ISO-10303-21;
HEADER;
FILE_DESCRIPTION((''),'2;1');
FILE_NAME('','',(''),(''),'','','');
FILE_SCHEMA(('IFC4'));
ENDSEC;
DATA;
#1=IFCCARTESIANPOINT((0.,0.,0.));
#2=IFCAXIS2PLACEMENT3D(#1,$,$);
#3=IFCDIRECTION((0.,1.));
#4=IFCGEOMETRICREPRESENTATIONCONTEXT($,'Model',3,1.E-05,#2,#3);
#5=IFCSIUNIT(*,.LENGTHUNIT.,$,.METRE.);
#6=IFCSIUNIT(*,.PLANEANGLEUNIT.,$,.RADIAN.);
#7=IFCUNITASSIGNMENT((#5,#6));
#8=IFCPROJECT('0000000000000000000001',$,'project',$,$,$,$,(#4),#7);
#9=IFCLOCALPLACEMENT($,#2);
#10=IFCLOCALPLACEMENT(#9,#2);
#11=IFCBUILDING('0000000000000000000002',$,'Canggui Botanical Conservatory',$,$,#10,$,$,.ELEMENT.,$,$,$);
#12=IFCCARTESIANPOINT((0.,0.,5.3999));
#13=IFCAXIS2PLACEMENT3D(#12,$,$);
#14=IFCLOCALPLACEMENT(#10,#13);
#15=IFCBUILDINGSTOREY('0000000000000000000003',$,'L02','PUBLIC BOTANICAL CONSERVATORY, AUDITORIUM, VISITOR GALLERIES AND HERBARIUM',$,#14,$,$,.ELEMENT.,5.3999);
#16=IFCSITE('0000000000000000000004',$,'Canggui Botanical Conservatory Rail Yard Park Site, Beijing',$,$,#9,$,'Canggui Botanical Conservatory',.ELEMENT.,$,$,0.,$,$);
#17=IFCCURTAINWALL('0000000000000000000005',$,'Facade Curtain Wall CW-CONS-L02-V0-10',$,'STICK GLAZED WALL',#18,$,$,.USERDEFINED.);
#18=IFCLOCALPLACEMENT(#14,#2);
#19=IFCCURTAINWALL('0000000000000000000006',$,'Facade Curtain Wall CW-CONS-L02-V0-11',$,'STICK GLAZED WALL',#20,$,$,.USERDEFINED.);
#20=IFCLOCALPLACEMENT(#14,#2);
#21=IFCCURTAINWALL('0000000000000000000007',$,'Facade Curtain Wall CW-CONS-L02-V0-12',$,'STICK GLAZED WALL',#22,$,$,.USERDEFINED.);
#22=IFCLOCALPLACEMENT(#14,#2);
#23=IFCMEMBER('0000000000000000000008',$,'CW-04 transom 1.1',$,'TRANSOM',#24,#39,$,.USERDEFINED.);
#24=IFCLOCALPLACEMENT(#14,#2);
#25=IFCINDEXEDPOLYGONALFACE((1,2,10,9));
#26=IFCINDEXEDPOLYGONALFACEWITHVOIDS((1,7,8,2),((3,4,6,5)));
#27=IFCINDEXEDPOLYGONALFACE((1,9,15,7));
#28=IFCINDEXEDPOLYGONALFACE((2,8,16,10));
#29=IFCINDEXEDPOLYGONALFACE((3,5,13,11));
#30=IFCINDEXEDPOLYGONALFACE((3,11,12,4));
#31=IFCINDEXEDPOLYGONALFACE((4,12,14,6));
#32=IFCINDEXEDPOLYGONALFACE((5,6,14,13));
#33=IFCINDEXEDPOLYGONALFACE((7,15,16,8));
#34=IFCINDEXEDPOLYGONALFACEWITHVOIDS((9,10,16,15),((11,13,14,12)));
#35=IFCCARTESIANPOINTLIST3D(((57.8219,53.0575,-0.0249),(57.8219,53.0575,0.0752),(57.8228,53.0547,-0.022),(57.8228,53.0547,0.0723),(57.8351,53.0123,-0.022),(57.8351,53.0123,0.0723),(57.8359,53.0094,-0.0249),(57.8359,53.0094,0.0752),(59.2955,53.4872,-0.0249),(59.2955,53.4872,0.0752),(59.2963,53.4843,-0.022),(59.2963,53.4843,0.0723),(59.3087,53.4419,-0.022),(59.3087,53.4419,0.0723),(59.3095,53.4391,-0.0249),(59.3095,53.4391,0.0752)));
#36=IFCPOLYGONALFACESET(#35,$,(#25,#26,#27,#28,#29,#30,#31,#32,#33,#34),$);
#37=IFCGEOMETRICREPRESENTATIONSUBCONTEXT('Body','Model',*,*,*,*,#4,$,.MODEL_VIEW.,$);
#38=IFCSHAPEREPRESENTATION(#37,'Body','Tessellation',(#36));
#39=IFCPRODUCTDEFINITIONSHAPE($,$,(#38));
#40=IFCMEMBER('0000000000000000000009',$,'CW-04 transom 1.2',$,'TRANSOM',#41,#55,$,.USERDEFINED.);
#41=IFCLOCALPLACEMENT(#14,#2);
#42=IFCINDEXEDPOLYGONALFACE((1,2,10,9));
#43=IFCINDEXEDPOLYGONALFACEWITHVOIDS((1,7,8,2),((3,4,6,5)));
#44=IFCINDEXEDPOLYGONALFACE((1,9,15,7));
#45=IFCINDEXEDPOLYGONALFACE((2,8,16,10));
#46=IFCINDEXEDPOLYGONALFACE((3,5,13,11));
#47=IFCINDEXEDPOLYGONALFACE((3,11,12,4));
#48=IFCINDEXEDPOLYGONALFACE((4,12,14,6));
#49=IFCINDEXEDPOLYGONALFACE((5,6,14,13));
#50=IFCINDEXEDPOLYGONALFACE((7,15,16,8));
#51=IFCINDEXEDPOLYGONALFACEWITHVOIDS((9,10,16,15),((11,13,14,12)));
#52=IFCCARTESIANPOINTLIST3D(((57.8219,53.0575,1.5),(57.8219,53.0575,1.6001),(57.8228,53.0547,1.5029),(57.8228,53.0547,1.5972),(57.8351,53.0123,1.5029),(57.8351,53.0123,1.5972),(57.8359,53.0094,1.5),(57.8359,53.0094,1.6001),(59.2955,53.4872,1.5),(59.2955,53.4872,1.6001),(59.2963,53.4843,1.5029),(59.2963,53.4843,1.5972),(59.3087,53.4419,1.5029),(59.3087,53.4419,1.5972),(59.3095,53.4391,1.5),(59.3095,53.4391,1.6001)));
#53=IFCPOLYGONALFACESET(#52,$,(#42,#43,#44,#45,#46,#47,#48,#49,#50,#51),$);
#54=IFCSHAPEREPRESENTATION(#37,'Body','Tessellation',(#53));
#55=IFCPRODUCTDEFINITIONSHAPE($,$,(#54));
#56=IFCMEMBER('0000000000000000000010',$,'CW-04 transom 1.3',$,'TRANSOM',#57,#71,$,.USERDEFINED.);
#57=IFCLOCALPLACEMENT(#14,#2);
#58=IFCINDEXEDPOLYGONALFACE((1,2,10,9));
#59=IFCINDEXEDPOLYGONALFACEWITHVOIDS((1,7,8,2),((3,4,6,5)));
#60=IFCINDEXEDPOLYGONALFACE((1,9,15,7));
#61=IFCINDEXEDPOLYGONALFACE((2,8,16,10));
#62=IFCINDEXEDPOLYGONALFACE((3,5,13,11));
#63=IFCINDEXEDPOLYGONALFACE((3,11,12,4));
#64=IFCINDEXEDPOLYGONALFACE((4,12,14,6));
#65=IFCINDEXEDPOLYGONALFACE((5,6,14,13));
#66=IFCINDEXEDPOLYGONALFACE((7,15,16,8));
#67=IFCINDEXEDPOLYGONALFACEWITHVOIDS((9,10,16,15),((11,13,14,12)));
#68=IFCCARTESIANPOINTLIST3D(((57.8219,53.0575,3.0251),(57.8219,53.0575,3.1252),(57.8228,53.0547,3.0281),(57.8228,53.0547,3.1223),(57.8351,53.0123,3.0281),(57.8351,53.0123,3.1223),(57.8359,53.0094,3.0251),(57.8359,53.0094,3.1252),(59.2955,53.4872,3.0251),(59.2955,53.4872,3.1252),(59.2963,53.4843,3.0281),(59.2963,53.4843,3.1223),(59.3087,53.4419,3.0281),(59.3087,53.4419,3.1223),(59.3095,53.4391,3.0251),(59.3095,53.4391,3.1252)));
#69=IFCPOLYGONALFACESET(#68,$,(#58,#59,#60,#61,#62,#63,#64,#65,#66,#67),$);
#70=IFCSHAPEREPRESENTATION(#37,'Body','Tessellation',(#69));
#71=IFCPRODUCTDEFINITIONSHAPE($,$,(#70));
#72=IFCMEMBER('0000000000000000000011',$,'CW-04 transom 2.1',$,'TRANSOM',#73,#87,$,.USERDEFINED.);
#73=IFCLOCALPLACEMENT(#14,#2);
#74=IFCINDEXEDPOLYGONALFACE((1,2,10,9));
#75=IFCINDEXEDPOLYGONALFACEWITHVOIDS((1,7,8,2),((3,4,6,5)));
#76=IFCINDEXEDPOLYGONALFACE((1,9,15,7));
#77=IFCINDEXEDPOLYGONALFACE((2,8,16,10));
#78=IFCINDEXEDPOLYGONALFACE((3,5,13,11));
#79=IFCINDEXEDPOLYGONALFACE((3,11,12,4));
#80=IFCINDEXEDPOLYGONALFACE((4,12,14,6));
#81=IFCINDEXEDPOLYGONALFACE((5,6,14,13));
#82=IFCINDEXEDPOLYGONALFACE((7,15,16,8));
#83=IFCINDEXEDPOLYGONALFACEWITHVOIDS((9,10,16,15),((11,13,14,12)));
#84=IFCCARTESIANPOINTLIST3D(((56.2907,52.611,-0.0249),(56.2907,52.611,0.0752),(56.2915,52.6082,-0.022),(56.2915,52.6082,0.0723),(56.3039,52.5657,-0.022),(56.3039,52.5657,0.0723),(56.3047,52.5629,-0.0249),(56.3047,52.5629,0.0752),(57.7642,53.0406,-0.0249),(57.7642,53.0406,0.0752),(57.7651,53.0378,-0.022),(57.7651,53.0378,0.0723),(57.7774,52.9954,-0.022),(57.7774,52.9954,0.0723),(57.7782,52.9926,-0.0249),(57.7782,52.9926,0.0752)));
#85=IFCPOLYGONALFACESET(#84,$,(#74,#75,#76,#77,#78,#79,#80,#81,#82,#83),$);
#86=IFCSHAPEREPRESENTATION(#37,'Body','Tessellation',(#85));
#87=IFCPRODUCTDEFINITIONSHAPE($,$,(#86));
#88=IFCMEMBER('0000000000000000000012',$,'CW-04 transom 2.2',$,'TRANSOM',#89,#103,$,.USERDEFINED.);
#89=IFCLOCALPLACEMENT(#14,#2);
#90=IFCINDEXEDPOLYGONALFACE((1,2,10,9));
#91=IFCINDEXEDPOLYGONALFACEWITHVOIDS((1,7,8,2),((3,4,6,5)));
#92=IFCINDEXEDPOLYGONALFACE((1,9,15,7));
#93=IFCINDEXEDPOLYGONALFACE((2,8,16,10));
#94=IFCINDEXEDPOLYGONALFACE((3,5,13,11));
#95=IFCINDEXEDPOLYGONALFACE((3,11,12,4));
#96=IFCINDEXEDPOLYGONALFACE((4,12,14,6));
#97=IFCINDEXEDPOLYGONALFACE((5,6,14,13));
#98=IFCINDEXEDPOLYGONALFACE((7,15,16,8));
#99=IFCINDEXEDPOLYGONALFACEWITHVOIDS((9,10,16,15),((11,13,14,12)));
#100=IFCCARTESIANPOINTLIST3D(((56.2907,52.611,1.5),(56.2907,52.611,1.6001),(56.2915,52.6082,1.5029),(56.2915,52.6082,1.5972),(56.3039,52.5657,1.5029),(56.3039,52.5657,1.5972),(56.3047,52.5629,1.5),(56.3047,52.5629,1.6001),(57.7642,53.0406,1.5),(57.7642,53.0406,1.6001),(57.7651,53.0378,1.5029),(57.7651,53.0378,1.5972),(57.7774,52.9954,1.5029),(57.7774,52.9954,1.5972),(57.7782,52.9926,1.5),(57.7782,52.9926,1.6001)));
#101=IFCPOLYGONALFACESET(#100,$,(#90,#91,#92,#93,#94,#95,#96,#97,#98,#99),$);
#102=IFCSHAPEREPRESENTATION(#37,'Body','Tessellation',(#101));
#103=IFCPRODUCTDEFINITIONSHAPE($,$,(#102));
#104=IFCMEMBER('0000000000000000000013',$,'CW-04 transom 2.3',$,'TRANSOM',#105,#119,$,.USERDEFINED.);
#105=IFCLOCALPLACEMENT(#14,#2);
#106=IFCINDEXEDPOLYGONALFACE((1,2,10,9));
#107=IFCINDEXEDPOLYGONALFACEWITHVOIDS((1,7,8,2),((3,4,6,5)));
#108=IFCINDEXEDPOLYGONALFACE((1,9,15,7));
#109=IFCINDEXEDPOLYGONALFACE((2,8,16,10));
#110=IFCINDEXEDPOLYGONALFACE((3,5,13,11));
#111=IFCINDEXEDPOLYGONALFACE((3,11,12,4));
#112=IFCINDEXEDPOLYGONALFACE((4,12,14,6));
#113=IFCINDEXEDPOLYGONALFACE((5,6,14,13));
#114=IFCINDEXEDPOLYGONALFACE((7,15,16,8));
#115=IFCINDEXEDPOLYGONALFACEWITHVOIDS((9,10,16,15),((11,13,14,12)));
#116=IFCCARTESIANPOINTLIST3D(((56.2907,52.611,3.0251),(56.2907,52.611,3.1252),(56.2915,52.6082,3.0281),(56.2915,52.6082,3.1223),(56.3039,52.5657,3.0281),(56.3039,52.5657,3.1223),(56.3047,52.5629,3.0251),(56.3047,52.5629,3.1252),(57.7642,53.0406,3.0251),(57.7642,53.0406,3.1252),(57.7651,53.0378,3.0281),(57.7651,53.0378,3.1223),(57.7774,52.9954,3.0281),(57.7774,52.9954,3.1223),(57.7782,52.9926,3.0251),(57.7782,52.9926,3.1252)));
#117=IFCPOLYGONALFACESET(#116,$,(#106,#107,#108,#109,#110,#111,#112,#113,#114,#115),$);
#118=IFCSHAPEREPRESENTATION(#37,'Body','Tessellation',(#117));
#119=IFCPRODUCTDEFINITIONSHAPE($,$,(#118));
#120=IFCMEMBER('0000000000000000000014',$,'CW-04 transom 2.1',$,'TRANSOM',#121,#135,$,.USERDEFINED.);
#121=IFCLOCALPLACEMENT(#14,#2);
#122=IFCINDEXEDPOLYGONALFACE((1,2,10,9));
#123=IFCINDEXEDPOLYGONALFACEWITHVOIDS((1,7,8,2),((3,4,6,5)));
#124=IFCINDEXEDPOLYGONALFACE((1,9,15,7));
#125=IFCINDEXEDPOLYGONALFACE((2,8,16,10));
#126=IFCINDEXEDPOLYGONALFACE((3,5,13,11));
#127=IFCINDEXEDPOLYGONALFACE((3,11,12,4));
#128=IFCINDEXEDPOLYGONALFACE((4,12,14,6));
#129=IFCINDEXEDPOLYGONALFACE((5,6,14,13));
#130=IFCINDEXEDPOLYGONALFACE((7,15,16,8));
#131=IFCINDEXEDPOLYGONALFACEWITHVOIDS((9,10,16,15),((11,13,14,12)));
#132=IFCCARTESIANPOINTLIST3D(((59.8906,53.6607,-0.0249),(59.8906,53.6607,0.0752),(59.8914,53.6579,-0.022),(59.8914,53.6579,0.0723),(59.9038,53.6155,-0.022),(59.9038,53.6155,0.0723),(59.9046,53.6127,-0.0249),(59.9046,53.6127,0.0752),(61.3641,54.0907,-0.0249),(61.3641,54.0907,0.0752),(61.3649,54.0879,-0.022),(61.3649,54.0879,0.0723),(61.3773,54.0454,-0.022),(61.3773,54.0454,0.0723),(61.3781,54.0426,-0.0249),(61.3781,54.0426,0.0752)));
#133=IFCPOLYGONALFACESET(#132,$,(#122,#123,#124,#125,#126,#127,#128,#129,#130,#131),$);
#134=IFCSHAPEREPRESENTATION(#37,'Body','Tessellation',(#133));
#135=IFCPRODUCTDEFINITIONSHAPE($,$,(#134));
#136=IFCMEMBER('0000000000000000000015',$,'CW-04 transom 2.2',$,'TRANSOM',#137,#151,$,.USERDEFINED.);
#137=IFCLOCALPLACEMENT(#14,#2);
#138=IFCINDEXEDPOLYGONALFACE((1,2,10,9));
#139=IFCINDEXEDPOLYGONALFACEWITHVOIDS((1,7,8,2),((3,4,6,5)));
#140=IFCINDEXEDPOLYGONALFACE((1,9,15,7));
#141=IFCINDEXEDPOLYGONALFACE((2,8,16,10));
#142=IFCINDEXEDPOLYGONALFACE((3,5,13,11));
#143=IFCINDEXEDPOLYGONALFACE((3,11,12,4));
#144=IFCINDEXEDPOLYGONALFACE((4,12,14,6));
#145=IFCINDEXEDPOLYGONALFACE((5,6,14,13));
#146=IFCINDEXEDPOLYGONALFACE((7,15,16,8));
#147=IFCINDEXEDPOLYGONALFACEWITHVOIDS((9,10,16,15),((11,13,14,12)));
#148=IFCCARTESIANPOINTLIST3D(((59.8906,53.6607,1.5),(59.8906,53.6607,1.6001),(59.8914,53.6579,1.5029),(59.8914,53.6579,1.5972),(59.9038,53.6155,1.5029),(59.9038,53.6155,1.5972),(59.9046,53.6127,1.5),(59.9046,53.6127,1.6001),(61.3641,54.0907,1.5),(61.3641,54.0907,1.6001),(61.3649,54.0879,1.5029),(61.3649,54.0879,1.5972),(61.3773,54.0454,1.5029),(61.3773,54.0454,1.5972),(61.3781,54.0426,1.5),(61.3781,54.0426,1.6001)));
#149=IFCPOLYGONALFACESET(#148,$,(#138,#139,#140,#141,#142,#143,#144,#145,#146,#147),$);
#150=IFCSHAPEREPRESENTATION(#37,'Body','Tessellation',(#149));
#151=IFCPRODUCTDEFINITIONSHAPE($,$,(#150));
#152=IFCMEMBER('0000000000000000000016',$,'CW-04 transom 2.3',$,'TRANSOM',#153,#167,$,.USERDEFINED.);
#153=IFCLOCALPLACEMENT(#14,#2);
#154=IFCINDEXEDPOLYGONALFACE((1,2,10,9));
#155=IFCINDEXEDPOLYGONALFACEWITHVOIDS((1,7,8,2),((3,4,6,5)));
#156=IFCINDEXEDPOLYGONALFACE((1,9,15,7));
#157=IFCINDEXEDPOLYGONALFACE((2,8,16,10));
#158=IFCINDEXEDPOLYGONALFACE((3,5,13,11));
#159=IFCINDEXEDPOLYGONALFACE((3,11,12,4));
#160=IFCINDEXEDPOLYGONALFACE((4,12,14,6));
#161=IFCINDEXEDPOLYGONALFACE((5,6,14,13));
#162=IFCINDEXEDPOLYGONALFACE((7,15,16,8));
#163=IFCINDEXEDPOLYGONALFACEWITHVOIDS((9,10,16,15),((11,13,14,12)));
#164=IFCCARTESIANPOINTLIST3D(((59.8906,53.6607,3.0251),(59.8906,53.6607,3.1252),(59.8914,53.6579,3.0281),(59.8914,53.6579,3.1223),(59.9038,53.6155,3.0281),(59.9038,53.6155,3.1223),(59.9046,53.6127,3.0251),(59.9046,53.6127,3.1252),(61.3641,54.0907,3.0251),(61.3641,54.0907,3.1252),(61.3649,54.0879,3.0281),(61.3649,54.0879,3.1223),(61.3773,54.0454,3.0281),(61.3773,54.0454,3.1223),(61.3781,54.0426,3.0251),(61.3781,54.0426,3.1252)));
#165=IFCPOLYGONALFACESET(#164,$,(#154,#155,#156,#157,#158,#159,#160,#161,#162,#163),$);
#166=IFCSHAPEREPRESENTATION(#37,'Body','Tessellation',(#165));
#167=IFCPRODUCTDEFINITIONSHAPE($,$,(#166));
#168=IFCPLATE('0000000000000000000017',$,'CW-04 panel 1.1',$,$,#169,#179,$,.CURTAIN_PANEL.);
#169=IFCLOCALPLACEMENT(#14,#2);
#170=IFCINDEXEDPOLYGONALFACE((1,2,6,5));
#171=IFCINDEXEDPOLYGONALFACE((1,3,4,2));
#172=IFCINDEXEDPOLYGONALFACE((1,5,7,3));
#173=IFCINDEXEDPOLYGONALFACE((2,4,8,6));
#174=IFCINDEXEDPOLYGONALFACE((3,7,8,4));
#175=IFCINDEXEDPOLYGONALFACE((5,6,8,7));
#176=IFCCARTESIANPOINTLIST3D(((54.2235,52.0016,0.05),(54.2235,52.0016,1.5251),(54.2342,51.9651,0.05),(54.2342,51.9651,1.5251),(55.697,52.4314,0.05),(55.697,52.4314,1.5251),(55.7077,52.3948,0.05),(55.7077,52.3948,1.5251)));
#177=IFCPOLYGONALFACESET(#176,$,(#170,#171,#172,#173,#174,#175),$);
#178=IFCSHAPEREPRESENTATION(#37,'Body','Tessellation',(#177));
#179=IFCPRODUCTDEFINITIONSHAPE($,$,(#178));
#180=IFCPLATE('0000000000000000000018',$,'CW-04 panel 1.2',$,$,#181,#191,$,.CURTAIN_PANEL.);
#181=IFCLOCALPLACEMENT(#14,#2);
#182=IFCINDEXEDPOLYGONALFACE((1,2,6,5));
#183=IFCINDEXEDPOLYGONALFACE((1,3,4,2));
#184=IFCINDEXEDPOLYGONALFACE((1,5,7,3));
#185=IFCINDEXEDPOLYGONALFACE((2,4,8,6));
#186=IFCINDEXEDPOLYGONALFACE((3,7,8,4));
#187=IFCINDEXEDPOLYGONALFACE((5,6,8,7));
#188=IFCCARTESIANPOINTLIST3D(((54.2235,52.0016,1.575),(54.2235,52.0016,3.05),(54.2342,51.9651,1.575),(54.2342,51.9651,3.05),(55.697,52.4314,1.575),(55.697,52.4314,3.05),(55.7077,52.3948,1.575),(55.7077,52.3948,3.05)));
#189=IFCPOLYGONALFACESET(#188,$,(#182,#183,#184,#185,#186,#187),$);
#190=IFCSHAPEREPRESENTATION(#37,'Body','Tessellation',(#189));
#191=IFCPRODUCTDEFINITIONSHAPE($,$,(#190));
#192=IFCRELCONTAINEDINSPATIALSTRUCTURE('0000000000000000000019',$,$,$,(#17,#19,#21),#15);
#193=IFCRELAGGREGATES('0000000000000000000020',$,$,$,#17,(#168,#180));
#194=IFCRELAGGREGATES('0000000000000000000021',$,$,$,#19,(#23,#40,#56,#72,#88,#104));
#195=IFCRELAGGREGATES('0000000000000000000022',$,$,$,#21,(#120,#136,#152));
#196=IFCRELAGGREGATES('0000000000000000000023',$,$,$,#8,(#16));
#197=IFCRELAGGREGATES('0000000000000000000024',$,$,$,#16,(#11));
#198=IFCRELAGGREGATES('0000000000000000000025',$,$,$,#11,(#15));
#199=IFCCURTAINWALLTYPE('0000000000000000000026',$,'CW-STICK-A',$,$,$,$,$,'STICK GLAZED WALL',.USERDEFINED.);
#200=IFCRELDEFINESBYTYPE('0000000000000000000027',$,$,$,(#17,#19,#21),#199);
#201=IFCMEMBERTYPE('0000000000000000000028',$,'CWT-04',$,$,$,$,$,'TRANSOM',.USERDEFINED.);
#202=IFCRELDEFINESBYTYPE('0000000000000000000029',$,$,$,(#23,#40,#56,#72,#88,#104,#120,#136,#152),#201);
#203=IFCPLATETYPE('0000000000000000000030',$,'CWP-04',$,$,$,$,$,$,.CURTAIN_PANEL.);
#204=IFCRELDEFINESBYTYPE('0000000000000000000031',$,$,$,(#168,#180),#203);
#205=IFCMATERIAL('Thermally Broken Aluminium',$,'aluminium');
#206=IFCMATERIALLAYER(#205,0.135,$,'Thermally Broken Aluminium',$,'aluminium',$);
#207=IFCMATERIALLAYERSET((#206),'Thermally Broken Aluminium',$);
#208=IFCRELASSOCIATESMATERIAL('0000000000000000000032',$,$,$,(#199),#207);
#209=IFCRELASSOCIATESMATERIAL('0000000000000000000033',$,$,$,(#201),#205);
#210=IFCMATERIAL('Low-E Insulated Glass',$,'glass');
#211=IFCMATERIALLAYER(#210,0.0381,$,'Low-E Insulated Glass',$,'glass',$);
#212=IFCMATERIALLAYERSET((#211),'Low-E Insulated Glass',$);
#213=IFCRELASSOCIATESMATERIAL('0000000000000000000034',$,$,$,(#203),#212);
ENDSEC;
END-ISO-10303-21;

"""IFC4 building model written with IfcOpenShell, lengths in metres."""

from ifc_helpers import new_model, si_unit, direction, frame, origin, origin_2d, place, context, subcontext, project, spatial, rectangle, hollow_rectangle, extrude, material, layer, layer_set, material_profile, profile_set, type_object, element, aggregate, save


model = new_model("IFC4")

# Units and contexts
model_context = context("Model", 3, precision=1e-05, world=origin(), true_north=direction((0.0, 1.0)))
body_context = subcontext(model_context, "Body", "Model", "MODEL_VIEW")
ifc_project = project(units=[si_unit("LENGTHUNIT", "METRE"), si_unit("PLANEANGLEUNIT", "RADIAN")], contexts=[model_context])

# Site, building, storey
site_placement = place(None, origin())
site = spatial("IfcSite", under=ifc_project, at=site_placement, Name="Canggui Botanical Conservatory Rail Yard Park Site, Beijing", LongName="Canggui Botanical Conservatory", CompositionType="ELEMENT", RefElevation=0.0)
building_placement = place(site_placement, origin())
building = spatial("IfcBuilding", under=site, at=building_placement, Name="Canggui Botanical Conservatory", CompositionType="ELEMENT")
storey_placement = place(building_placement, frame((0.0, 0.0, 5.3999)))
storey = spatial("IfcBuildingStorey", under=building, at=storey_placement, Name="L02", Description="PUBLIC BOTANICAL CONSERVATORY, AUDITORIUM, VISITOR GALLERIES AND HERBARIUM", CompositionType="ELEMENT", Elevation=5.3999)

# Curtain wall
ifc_material_1 = material(Name="Thermally Broken Aluminium", Category="aluminium")
ifc_layer_1 = layer(ifc_material_1, 0.135, Name="Thermally Broken Aluminium", Category="aluminium")
ifc_layer_set_1 = layer_set([ifc_layer_1], Name="Thermally Broken Aluminium")
curtain_wall_type = type_object("IfcCurtainWallType", Name="CW-STICK-A", ElementType="STICK GLAZED WALL", PredefinedType="USERDEFINED", material=ifc_layer_set_1)
curtain_wall_1_placement = place(storey_placement, origin())
curtain_wall_1 = element("IfcCurtainWall", 1, at=curtain_wall_1_placement, inside=storey, type_object=curtain_wall_type, Name="Facade Curtain Wall CW-CONS-L02-V0-10", ObjectType="STICK GLAZED WALL", PredefinedType="USERDEFINED")

# Curtain walls
curtain_wall_2_placement = place(storey_placement, origin())
curtain_wall_2 = element("IfcCurtainWall", 2, at=curtain_wall_2_placement, inside=storey, type_object=curtain_wall_type, Name="Facade Curtain Wall CW-CONS-L02-V0-11", ObjectType="STICK GLAZED WALL", PredefinedType="USERDEFINED")
curtain_wall_3_placement = place(storey_placement, origin())
curtain_wall_3 = element("IfcCurtainWall", 3, at=curtain_wall_3_placement, inside=storey, type_object=curtain_wall_type, Name="Facade Curtain Wall CW-CONS-L02-V0-12", ObjectType="STICK GLAZED WALL", PredefinedType="USERDEFINED")

# Members
ifc_material_profile_1 = material_profile(ifc_material_1, hollow_rectangle(XDim=0.05, YDim=0.1001, WallThickness=0.0029, at=origin_2d()), Name="CWT 50x100x3")
ifc_profile_set_1 = profile_set([ifc_material_profile_1], Name="Thermally Broken Aluminium")
member_type_1 = type_object("IfcMemberType", Name="CWT-04", ElementType="TRANSOM", PredefinedType="USERDEFINED", material=ifc_profile_set_1)
member_1_placement = place(storey_placement, frame((59.3025, 53.4631, 0.0251), z_axis=(-0.960021, -0.279927, 0.0), x_axis=(0.279927, -0.960021, 0.0)))
member_1 = element("IfcMember", 4, at=member_1_placement, type_object=member_type_1, Name="CW-04 transom 1.1", ObjectType="TRANSOM", PredefinedType="USERDEFINED", context=body_context, shape_type="SweptSolid", body=[
    extrude(hollow_rectangle(XDim=0.05, YDim=0.1001, WallThickness=0.0029, at=origin_2d()), origin(), (0.0, 0.0, 1.0), 1.5349),
])
member_2_placement = place(storey_placement, frame((59.3025, 53.4631, 1.55), z_axis=(-0.960021, -0.279927, 0.0), x_axis=(0.279927, -0.960021, 0.0)))
member_2 = element("IfcMember", 5, at=member_2_placement, type_object=member_type_1, Name="CW-04 transom 1.2", ObjectType="TRANSOM", PredefinedType="USERDEFINED", context=body_context, shape_type="SweptSolid", body=[
    extrude(hollow_rectangle(XDim=0.05, YDim=0.1001, WallThickness=0.0029, at=origin_2d()), origin(), (0.0, 0.0, 1.0), 1.5349),
])
member_3_placement = place(storey_placement, frame((59.3025, 53.4631, 3.0752), z_axis=(-0.960021, -0.279927, 0.0), x_axis=(0.279927, -0.960021, 0.0)))
member_3 = element("IfcMember", 6, at=member_3_placement, type_object=member_type_1, Name="CW-04 transom 1.3", ObjectType="TRANSOM", PredefinedType="USERDEFINED", context=body_context, shape_type="SweptSolid", body=[
    extrude(hollow_rectangle(XDim=0.05, YDim=0.1001, WallThickness=0.0029, at=origin_2d()), origin(), (0.0, 0.0, 1.0), 1.5349),
])
member_4_placement = place(storey_placement, frame((57.7712, 53.0166, 0.0251), z_axis=(-0.960021, -0.279927, 0.0), x_axis=(0.279927, -0.960021, 0.0)))
member_4 = element("IfcMember", 7, at=member_4_placement, type_object=member_type_1, Name="CW-04 transom 2.1", ObjectType="TRANSOM", PredefinedType="USERDEFINED", context=body_context, shape_type="SweptSolid", body=[
    extrude(hollow_rectangle(XDim=0.05, YDim=0.1001, WallThickness=0.0029, at=origin_2d()), origin(), (0.0, 0.0, 1.0), 1.5349),
])
member_5_placement = place(storey_placement, frame((57.7712, 53.0166, 1.55), z_axis=(-0.960021, -0.279927, 0.0), x_axis=(0.279927, -0.960021, 0.0)))
member_5 = element("IfcMember", 8, at=member_5_placement, type_object=member_type_1, Name="CW-04 transom 2.2", ObjectType="TRANSOM", PredefinedType="USERDEFINED", context=body_context, shape_type="SweptSolid", body=[
    extrude(hollow_rectangle(XDim=0.05, YDim=0.1001, WallThickness=0.0029, at=origin_2d()), origin(), (0.0, 0.0, 1.0), 1.5349),
])
member_6_placement = place(storey_placement, frame((57.7712, 53.0166, 3.0752), z_axis=(-0.960021, -0.279927, 0.0), x_axis=(0.279927, -0.960021, 0.0)))
member_6 = element("IfcMember", 9, at=member_6_placement, type_object=member_type_1, Name="CW-04 transom 2.3", ObjectType="TRANSOM", PredefinedType="USERDEFINED", context=body_context, shape_type="SweptSolid", body=[
    extrude(hollow_rectangle(XDim=0.05, YDim=0.1001, WallThickness=0.0029, at=origin_2d()), origin(), (0.0, 0.0, 1.0), 1.5349),
])
member_7_placement = place(storey_placement, frame((61.3711, 54.0667, 0.0251), z_axis=(-0.959966, -0.280116, 0.0), x_axis=(0.280116, -0.959966, 0.0)))
member_7 = element("IfcMember", 10, at=member_7_placement, type_object=member_type_1, Name="CW-04 transom 2.1", ObjectType="TRANSOM", PredefinedType="USERDEFINED", context=body_context, shape_type="SweptSolid", body=[
    extrude(hollow_rectangle(XDim=0.05, YDim=0.1001, WallThickness=0.0029, at=origin_2d()), origin(), (0.0, 0.0, 1.0), 1.5349),
])
member_8_placement = place(storey_placement, frame((61.3711, 54.0667, 1.55), z_axis=(-0.959966, -0.280116, 0.0), x_axis=(0.280116, -0.959966, 0.0)))
member_8 = element("IfcMember", 11, at=member_8_placement, type_object=member_type_1, Name="CW-04 transom 2.2", ObjectType="TRANSOM", PredefinedType="USERDEFINED", context=body_context, shape_type="SweptSolid", body=[
    extrude(hollow_rectangle(XDim=0.05, YDim=0.1001, WallThickness=0.0029, at=origin_2d()), origin(), (0.0, 0.0, 1.0), 1.5349),
])
member_9_placement = place(storey_placement, frame((61.3711, 54.0667, 3.0752), z_axis=(-0.959966, -0.280116, 0.0), x_axis=(0.280116, -0.959966, 0.0)))
member_9 = element("IfcMember", 12, at=member_9_placement, type_object=member_type_1, Name="CW-04 transom 2.3", ObjectType="TRANSOM", PredefinedType="USERDEFINED", context=body_context, shape_type="SweptSolid", body=[
    extrude(hollow_rectangle(XDim=0.05, YDim=0.1001, WallThickness=0.0029, at=origin_2d()), origin(), (0.0, 0.0, 1.0), 1.5349),
])

# Plates
ifc_material_2 = material(Name="Low-E Insulated Glass", Category="glass")
ifc_layer_2 = layer(ifc_material_2, 0.0381, Name="Low-E Insulated Glass", Category="glass")
ifc_layer_set_2 = layer_set([ifc_layer_2], Name="Low-E Insulated Glass")
plate_type_1 = type_object("IfcPlateType", Name="CWP-04", PredefinedType="CURTAIN_PANEL", material=ifc_layer_set_2)
plate_1_placement = place(storey_placement, frame((54.9656, 52.1982, 0.05), z_axis=(0.0, 0.0, 1.0), x_axis=(-0.96, -0.28, 0.0)))
plate_1 = element("IfcPlate", 13, at=plate_1_placement, type_object=plate_type_1, Name="CW-04 panel 1.1", PredefinedType="CURTAIN_PANEL", context=body_context, shape_type="SweptSolid", body=[
    extrude(rectangle(XDim=1.5349, YDim=0.0381, at=origin_2d()), origin(), (0.0, 0.0, 1.0), 1.4751),
])
plate_2_placement = place(storey_placement, frame((54.9656, 52.1982, 1.575), z_axis=(0.0, 0.0, 1.0), x_axis=(-0.96, -0.28, 0.0)))
plate_2 = element("IfcPlate", 14, at=plate_2_placement, type_object=plate_type_1, Name="CW-04 panel 1.2", PredefinedType="CURTAIN_PANEL", context=body_context, shape_type="SweptSolid", body=[
    extrude(rectangle(XDim=1.5349, YDim=0.0381, at=origin_2d()), origin(), (0.0, 0.0, 1.0), 1.4751),
])
aggregate(curtain_wall_1, [plate_1, plate_2])
aggregate(curtain_wall_2, [member_1, member_2, member_3, member_4, member_5, member_6])
aggregate(curtain_wall_3, [member_7, member_8, member_9])

save(model, "model.ifc")
